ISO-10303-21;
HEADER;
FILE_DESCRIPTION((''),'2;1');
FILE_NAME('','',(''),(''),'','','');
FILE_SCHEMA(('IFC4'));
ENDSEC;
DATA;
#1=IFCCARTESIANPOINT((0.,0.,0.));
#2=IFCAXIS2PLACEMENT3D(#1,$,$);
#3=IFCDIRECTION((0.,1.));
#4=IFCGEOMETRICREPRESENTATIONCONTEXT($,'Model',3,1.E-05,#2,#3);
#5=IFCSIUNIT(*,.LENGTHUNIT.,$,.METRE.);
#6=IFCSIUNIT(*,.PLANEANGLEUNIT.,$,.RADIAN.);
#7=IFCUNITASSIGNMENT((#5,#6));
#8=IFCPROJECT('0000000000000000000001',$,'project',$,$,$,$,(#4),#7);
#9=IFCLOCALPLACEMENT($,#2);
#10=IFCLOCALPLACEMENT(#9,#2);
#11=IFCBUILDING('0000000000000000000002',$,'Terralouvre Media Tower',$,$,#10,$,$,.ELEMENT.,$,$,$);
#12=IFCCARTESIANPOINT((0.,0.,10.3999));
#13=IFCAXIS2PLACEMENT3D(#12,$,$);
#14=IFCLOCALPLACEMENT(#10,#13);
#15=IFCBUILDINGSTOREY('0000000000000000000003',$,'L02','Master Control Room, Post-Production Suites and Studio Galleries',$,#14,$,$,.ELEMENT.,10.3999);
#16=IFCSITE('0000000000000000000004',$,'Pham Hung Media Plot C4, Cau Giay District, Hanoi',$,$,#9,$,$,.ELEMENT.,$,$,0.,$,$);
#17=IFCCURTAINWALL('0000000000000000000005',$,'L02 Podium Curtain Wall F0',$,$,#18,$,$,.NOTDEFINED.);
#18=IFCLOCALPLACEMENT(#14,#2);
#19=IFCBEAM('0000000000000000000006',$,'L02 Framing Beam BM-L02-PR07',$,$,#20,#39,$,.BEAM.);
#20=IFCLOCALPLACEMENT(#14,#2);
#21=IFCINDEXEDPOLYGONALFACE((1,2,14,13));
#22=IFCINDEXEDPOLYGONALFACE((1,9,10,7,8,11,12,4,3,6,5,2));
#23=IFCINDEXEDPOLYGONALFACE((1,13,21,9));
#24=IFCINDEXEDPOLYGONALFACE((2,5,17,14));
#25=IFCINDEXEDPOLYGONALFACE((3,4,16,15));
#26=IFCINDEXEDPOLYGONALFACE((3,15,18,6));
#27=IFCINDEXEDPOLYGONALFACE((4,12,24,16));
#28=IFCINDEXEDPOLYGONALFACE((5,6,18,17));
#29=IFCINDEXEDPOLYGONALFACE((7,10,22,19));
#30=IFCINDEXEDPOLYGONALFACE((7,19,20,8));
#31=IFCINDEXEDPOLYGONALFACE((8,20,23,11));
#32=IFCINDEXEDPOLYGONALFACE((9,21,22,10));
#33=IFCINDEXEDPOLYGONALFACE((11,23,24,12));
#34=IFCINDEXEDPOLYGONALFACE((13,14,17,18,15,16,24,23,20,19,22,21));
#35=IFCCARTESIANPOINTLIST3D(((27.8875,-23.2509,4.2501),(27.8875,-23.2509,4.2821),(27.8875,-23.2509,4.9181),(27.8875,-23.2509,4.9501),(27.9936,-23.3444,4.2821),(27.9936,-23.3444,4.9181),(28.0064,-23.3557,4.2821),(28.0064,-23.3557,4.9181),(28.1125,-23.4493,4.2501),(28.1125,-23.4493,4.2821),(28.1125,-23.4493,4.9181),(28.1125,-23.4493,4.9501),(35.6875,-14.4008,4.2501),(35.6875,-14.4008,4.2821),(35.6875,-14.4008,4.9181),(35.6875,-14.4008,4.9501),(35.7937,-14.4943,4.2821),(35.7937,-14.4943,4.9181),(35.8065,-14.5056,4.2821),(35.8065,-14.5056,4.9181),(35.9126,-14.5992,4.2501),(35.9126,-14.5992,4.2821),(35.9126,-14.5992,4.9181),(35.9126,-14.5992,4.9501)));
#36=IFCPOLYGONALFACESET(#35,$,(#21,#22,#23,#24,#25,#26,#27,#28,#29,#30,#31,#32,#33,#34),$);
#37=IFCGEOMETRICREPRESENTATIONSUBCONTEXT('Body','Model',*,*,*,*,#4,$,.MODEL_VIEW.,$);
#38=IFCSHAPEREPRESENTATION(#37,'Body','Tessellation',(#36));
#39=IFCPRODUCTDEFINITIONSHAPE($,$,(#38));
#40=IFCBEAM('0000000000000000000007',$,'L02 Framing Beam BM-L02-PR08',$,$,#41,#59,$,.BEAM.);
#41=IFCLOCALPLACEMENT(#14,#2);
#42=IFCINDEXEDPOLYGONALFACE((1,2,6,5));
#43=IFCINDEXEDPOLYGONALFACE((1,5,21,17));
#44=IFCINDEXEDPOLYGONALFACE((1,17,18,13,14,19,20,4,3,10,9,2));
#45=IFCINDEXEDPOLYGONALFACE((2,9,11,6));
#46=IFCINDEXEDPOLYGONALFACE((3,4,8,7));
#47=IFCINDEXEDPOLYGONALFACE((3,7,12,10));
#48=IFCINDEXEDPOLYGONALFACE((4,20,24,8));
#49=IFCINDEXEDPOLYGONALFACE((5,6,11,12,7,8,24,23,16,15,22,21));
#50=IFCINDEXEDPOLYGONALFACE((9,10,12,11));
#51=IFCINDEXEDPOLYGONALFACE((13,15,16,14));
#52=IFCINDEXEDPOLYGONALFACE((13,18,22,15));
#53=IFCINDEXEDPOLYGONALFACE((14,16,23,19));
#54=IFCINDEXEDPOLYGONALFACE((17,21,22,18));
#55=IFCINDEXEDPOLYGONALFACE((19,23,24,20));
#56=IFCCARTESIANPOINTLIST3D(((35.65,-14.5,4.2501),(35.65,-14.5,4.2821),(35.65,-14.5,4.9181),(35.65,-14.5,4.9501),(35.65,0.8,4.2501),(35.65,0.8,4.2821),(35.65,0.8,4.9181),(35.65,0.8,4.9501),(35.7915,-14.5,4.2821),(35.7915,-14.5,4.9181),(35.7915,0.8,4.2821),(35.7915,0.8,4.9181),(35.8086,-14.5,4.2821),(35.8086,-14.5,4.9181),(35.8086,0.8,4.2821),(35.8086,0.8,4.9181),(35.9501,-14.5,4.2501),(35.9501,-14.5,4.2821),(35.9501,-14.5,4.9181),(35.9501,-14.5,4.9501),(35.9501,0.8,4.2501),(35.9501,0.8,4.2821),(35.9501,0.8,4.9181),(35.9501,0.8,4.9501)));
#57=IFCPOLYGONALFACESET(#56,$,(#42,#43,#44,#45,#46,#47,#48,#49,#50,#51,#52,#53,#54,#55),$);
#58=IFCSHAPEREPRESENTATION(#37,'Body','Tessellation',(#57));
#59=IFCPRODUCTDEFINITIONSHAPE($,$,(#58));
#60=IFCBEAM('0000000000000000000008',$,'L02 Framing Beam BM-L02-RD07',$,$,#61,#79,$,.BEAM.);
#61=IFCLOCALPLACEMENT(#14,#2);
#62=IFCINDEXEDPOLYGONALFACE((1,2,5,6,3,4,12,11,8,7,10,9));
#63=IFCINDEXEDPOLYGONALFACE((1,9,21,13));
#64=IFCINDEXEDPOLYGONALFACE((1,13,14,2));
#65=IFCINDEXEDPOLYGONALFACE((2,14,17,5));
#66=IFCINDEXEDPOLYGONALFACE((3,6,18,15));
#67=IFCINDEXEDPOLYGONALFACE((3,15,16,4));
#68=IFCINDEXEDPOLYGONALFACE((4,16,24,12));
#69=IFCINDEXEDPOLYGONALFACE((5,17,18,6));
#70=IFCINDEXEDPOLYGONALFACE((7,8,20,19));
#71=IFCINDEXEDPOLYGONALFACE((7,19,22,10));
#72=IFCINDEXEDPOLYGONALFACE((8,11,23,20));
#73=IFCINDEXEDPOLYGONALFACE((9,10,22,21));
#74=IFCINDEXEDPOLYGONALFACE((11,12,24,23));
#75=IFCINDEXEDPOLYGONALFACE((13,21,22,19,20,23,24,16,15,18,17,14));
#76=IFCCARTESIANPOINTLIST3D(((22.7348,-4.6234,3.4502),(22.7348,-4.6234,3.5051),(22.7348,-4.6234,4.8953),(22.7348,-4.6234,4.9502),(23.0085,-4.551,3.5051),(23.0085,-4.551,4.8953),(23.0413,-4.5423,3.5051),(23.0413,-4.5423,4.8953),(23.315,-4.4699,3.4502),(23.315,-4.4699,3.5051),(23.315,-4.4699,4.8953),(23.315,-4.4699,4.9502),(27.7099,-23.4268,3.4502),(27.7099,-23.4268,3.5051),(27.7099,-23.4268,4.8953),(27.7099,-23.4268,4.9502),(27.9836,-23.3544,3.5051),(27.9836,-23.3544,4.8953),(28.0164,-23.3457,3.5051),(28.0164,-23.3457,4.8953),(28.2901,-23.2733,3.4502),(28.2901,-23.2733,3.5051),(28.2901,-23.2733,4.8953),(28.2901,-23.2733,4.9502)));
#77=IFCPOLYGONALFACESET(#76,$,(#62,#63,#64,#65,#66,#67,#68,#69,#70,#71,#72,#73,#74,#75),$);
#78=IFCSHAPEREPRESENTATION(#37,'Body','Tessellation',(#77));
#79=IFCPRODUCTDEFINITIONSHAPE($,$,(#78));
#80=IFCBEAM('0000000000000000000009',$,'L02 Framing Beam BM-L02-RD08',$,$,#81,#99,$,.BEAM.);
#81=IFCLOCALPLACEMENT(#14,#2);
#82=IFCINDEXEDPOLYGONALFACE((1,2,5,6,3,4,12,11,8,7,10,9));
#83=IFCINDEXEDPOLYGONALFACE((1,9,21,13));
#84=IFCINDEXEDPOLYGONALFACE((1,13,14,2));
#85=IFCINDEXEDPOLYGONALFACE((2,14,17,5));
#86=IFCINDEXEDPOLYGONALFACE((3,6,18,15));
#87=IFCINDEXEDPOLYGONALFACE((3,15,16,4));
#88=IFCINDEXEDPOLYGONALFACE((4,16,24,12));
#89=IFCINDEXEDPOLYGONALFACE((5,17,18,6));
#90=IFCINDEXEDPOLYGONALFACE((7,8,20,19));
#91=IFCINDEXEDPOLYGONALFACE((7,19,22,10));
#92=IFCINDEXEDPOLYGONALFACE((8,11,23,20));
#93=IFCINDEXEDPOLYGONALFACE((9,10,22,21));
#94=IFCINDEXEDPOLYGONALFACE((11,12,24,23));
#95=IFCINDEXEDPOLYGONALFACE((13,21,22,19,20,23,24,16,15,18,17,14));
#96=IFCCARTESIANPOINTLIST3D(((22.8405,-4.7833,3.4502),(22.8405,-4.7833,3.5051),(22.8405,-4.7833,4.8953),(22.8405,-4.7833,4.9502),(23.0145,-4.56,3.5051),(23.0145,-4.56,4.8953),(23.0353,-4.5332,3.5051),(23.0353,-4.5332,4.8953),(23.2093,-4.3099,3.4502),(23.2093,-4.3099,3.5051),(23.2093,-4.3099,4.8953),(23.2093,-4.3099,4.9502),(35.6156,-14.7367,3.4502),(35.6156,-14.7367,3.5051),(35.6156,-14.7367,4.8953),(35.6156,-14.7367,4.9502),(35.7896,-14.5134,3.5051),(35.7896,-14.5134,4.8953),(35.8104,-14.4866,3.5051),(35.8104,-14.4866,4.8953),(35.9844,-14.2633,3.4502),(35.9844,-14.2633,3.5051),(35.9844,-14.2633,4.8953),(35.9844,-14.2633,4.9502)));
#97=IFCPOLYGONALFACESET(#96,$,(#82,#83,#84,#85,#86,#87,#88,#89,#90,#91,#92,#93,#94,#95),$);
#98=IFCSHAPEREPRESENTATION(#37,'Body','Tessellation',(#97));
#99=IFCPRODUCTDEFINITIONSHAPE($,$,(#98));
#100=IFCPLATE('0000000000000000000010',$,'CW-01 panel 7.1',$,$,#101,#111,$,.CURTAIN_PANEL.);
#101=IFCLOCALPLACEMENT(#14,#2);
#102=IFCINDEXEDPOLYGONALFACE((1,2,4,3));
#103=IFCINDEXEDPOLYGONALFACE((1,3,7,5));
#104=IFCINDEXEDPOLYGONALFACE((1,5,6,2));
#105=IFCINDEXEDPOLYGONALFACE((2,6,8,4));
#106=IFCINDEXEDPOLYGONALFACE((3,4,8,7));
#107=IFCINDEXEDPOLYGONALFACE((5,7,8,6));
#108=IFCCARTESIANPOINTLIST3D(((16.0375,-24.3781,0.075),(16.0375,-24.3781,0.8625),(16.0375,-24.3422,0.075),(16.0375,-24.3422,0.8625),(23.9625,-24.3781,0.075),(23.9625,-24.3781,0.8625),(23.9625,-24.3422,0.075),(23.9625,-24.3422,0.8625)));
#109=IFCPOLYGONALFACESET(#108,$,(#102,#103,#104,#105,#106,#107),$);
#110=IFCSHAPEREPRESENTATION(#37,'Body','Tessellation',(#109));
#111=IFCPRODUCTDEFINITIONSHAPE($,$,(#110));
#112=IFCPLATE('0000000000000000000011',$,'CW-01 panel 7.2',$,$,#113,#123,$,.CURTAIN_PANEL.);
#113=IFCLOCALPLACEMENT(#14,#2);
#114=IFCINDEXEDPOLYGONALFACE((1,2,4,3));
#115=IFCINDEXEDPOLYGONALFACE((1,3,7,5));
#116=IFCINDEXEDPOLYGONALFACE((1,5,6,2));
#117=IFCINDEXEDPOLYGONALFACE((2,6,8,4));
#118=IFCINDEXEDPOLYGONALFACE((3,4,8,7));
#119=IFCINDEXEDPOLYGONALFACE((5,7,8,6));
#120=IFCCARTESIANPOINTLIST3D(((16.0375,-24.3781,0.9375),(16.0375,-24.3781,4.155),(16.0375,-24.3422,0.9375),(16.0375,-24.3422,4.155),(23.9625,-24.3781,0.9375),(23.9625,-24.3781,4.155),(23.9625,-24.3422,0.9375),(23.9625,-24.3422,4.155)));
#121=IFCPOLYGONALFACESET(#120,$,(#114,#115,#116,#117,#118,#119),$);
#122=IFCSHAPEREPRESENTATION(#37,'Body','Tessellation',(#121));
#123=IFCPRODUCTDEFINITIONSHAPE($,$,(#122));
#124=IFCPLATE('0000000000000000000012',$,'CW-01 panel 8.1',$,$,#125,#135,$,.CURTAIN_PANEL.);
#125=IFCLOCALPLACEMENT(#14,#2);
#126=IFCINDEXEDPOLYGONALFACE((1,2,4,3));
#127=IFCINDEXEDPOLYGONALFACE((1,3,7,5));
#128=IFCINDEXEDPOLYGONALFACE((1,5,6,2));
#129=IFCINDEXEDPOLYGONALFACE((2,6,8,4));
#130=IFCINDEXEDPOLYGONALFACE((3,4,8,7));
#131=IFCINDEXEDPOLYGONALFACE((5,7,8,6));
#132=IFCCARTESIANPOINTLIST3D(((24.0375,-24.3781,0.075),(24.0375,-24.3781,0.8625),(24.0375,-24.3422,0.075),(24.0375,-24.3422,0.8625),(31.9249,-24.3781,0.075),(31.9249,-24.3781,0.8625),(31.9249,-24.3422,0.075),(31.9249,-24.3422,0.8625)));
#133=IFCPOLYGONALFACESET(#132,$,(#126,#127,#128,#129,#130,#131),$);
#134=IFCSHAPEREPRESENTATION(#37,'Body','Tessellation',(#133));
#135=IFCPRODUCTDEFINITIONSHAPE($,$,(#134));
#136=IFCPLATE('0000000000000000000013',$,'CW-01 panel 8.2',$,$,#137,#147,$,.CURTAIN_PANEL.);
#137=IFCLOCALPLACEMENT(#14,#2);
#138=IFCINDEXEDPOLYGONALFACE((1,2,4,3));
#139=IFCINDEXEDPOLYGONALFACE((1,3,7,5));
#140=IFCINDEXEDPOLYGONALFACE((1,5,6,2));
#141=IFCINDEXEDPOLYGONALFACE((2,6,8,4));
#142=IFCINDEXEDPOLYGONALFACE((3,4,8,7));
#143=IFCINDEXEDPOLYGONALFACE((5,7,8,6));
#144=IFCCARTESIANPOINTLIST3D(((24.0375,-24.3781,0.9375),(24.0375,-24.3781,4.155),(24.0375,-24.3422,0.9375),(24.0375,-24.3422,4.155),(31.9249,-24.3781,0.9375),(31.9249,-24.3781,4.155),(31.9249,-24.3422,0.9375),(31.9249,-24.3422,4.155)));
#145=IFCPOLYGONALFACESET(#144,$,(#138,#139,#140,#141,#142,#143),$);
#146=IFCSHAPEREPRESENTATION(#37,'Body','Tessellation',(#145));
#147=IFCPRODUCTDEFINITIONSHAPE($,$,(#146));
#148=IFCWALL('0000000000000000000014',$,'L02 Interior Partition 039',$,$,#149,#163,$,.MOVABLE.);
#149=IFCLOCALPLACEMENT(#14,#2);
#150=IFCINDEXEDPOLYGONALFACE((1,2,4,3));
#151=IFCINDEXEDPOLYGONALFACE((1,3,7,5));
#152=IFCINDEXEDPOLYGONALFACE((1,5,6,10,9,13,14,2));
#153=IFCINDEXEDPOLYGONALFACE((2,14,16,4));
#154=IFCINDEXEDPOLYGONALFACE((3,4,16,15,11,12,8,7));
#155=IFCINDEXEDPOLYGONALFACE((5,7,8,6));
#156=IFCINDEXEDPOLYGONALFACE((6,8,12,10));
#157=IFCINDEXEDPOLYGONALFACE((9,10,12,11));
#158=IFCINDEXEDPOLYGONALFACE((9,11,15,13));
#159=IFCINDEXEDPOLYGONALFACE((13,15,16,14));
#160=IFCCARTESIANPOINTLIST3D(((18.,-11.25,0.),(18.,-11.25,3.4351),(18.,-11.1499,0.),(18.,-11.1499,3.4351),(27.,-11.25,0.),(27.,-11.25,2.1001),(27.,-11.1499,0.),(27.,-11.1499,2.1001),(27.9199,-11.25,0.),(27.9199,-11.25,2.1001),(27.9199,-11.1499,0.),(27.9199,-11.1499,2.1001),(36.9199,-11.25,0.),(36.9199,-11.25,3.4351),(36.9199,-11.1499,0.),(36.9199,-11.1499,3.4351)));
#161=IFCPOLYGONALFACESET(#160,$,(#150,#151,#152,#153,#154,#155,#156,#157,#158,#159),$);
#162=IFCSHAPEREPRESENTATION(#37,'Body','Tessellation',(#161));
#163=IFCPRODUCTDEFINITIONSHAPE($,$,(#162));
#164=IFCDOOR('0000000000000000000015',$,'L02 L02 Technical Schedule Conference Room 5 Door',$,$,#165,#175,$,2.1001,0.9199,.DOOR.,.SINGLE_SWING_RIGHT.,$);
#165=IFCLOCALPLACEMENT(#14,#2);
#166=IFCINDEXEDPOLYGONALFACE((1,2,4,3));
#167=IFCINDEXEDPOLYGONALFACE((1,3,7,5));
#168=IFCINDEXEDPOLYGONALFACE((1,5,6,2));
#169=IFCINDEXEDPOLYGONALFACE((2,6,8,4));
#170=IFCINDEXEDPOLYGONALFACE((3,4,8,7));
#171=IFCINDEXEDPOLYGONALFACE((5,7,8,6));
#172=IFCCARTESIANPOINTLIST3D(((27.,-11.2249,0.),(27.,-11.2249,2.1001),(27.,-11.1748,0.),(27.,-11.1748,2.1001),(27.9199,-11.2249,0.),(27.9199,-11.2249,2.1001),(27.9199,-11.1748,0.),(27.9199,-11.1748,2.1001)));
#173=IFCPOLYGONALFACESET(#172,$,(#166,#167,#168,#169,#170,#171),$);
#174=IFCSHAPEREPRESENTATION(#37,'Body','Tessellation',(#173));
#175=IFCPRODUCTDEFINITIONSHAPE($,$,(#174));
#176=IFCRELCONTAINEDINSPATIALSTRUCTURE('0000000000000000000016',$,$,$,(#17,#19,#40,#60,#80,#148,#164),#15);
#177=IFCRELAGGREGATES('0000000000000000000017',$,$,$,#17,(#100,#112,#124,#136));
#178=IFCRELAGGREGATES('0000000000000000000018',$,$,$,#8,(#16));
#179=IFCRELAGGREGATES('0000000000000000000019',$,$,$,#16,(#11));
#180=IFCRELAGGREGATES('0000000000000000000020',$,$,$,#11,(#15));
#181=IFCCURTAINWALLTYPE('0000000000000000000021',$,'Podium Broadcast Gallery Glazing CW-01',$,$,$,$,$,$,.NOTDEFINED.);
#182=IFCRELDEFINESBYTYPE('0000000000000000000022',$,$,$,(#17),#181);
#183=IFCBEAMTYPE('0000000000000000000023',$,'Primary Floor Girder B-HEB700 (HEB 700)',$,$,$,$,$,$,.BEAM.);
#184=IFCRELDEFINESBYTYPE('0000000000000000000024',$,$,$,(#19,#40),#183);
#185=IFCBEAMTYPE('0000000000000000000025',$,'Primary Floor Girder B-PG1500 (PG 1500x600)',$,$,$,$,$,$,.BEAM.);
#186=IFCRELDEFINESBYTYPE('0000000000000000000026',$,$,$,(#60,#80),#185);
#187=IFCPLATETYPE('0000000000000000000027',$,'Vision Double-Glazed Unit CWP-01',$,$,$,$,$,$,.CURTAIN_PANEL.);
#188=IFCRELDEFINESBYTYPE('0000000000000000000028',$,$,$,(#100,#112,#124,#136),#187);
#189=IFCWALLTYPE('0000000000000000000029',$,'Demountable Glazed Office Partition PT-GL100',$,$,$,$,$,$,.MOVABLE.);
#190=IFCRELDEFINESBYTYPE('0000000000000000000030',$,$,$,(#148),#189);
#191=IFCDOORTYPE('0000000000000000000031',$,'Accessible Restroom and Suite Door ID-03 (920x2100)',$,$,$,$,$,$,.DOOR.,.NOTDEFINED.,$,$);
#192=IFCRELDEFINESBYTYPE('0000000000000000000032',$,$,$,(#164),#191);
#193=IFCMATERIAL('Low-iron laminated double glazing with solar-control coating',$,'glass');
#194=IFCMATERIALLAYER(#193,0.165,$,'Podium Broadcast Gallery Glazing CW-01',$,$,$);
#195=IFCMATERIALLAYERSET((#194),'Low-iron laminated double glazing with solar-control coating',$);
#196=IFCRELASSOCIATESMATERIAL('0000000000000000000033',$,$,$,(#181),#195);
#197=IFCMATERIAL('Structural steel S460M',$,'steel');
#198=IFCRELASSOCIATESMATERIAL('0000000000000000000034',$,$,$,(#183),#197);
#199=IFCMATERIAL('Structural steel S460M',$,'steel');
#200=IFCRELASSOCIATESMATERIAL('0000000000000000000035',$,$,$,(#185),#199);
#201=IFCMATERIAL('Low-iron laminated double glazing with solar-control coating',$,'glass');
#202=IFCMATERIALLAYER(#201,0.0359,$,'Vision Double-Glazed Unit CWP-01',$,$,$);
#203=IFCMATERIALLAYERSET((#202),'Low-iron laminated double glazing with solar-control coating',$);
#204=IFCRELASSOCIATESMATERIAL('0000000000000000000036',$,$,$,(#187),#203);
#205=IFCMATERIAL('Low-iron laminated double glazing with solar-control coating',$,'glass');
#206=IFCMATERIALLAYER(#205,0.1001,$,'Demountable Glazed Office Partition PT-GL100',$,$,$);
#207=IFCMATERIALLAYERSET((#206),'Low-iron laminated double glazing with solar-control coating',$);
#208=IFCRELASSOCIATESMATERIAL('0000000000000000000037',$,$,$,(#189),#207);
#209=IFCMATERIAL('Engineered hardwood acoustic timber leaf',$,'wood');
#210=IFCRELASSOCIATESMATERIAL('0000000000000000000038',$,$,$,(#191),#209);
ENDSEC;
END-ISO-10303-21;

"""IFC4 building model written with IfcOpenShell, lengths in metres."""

from ifc_helpers import new_model, si_unit, direction, frame, frame_2d, origin, origin_2d, place, context, subcontext, project, spatial, rectangle, i_section, extrude, material, layer, layer_set, material_profile, profile_set, type_object, element, fill, aggregate, save


model = new_model("IFC4")

# Units and contexts
model_context = context("Model", 3, precision=1e-05, world=origin(), true_north=direction((0.0, 1.0)))
body_context = subcontext(model_context, "Body", "Model", "MODEL_VIEW")
ifc_project = project(units=[si_unit("LENGTHUNIT", "METRE"), si_unit("PLANEANGLEUNIT", "RADIAN")], contexts=[model_context])

# Site, building, storey
site_placement = place(None, origin())
site = spatial("IfcSite", under=ifc_project, at=site_placement, Name="Pham Hung Media Plot C4, Cau Giay District, Hanoi", CompositionType="ELEMENT", RefElevation=0.0)
building_placement = place(site_placement, origin())
building = spatial("IfcBuilding", under=site, at=building_placement, Name="Terralouvre Media Tower", CompositionType="ELEMENT")
storey_placement = place(building_placement, frame((0.0, 0.0, 10.3999)))
storey = spatial("IfcBuildingStorey", under=building, at=storey_placement, Name="L02", Description="Master Control Room, Post-Production Suites and Studio Galleries", CompositionType="ELEMENT", Elevation=10.3999)

# Curtain wall
ifc_material_1 = material(Name="Low-iron laminated double glazing with solar-control coating", Category="glass")
ifc_layer_1 = layer(ifc_material_1, 0.165, Name="Podium Broadcast Gallery Glazing CW-01")
ifc_layer_set_1 = layer_set([ifc_layer_1], Name="Low-iron laminated double glazing with solar-control coating")
curtain_wall_type = type_object("IfcCurtainWallType", Name="Podium Broadcast Gallery Glazing CW-01", PredefinedType="NOTDEFINED", material=ifc_layer_set_1)
curtain_wall_placement = place(storey_placement, origin())
curtain_wall = element("IfcCurtainWall", 1, at=curtain_wall_placement, inside=storey, type_object=curtain_wall_type, Name="L02 Podium Curtain Wall F0", PredefinedType="NOTDEFINED")

# Beams
ifc_material_2 = material(Name="Structural steel S460M", Category="steel")
ifc_material_profile_1 = material_profile(ifc_material_2, i_section(OverallWidth=0.3, OverallDepth=0.7, WebThickness=0.0171, FlangeThickness=0.032, at=origin_2d()), Name="HEB 700")
ifc_profile_set_1 = profile_set([ifc_material_profile_1], Name="Structural steel S460M")
beam_type_1 = type_object("IfcBeamType", Name="Primary Floor Girder B-HEB700 (HEB 700)", PredefinedType="BEAM", material=ifc_profile_set_1)
beam_1_placement = place(storey_placement, frame((28.0, -23.3501, 4.6001), z_axis=(0.661199, 0.75021, 0.0), x_axis=(-0.75021, 0.661199, 0.0)))
element("IfcBeam", 2, at=beam_1_placement, inside=storey, type_object=beam_type_1, Name="L02 Framing Beam BM-L02-PR07", PredefinedType="BEAM", context=body_context, shape_type="SweptSolid", body=[
    extrude(i_section(OverallWidth=0.3, OverallDepth=0.7, WebThickness=0.0171, FlangeThickness=0.032, at=origin_2d()), origin(), (0.0, 0.0, 1.0), 11.7969),
])
beam_2_placement = place(storey_placement, frame((35.8, -14.5, 4.6001), z_axis=(0.0, 1.0, 0.0), x_axis=(-1.0, 0.0, 0.0)))
element("IfcBeam", 3, at=beam_2_placement, inside=storey, type_object=beam_type_1, Name="L02 Framing Beam BM-L02-PR08", PredefinedType="BEAM", context=body_context, shape_type="SweptSolid", body=[
    extrude(i_section(OverallWidth=0.3, OverallDepth=0.7, WebThickness=0.0171, FlangeThickness=0.032, at=origin_2d()), origin(), (0.0, 0.0, 1.0), 15.3),
])
ifc_material_3 = material(Name="Structural steel S460M", Category="steel")
ifc_material_profile_2 = material_profile(ifc_material_3, i_section(OverallWidth=0.6001, OverallDepth=1.5, WebThickness=0.0339, FlangeThickness=0.0549, at=origin_2d()), Name="PG 1500x600")
ifc_profile_set_2 = profile_set([ifc_material_profile_2], Name="Structural steel S460M")
beam_type_2 = type_object("IfcBeamType", Name="Primary Floor Girder B-PG1500 (PG 1500x600)", PredefinedType="BEAM", material=ifc_profile_set_2)
beam_3_placement = place(storey_placement, frame((23.0249, -4.5466, 4.2002), z_axis=(0.255783, -0.966734, 0.0), x_axis=(0.966734, 0.255783, 0.0)))
element("IfcBeam", 4, at=beam_3_placement, inside=storey, type_object=beam_type_2, Name="L02 Framing Beam BM-L02-RD07", PredefinedType="BEAM", context=body_context, shape_type="SweptSolid", body=[
    extrude(i_section(OverallWidth=0.6001, OverallDepth=1.5, WebThickness=0.0339, FlangeThickness=0.0549, at=origin_2d()), origin(), (0.0, 0.0, 1.0), 19.4504),
])
beam_4_placement = place(storey_placement, frame((23.0249, -4.5466, 4.2002), z_axis=(0.788839, -0.6146, 0.0), x_axis=(0.6146, 0.788839, 0.0)))
element("IfcBeam", 5, at=beam_4_placement, inside=storey, type_object=beam_type_2, Name="L02 Framing Beam BM-L02-RD08", PredefinedType="BEAM", context=body_context, shape_type="SweptSolid", body=[
    extrude(i_section(OverallWidth=0.6001, OverallDepth=1.5, WebThickness=0.0339, FlangeThickness=0.0549, at=origin_2d()), origin(), (0.0, 0.0, 1.0), 16.1948),
])

# Plates
ifc_material_4 = material(Name="Low-iron laminated double glazing with solar-control coating", Category="glass")
ifc_layer_2 = layer(ifc_material_4, 0.0359, Name="Vision Double-Glazed Unit CWP-01")
ifc_layer_set_2 = layer_set([ifc_layer_2], Name="Low-iron laminated double glazing with solar-control coating")
plate_type = type_object("IfcPlateType", Name="Vision Double-Glazed Unit CWP-01", PredefinedType="CURTAIN_PANEL", material=ifc_layer_set_2)
plate_1_placement = place(storey_placement, frame((20.0, -24.3601, 0.075), z_axis=(0.0, 0.0, 1.0), x_axis=(1.0, 0.0, 0.0)))
plate_1 = element("IfcPlate", 6, at=plate_1_placement, type_object=plate_type, Name="CW-01 panel 7.1", PredefinedType="CURTAIN_PANEL", context=body_context, shape_type="SweptSolid", body=[
    extrude(rectangle(XDim=7.925, YDim=0.0359, at=origin_2d()), origin(), (0.0, 0.0, 1.0), 0.7876),
])
plate_2_placement = place(storey_placement, frame((20.0, -24.3601, 0.9375), z_axis=(0.0, 0.0, 1.0), x_axis=(1.0, 0.0, 0.0)))
plate_2 = element("IfcPlate", 7, at=plate_2_placement, type_object=plate_type, Name="CW-01 panel 7.2", PredefinedType="CURTAIN_PANEL", context=body_context, shape_type="SweptSolid", body=[
    extrude(rectangle(XDim=7.925, YDim=0.0359, at=origin_2d()), origin(), (0.0, 0.0, 1.0), 3.2175),
])
plate_3_placement = place(storey_placement, frame((27.9812, -24.3601, 0.075), z_axis=(0.0, 0.0, 1.0), x_axis=(1.0, 0.0, 0.0)))
plate_3 = element("IfcPlate", 8, at=plate_3_placement, type_object=plate_type, Name="CW-01 panel 8.1", PredefinedType="CURTAIN_PANEL", context=body_context, shape_type="SweptSolid", body=[
    extrude(rectangle(XDim=7.8875, YDim=0.0359, at=origin_2d()), origin(), (0.0, 0.0, 1.0), 0.7876),
])
plate_4_placement = place(storey_placement, frame((27.9812, -24.3601, 0.9375), z_axis=(0.0, 0.0, 1.0), x_axis=(1.0, 0.0, 0.0)))
plate_4 = element("IfcPlate", 9, at=plate_4_placement, type_object=plate_type, Name="CW-01 panel 8.2", PredefinedType="CURTAIN_PANEL", context=body_context, shape_type="SweptSolid", body=[
    extrude(rectangle(XDim=7.8875, YDim=0.0359, at=origin_2d()), origin(), (0.0, 0.0, 1.0), 3.2175),
])
aggregate(curtain_wall, [plate_1, plate_2, plate_3, plate_4])

# Wall, opening, door
ifc_material_5 = material(Name="Low-iron laminated double glazing with solar-control coating", Category="glass")
ifc_layer_3 = layer(ifc_material_5, 0.1001, Name="Demountable Glazed Office Partition PT-GL100")
ifc_layer_set_3 = layer_set([ifc_layer_3], Name="Low-iron laminated double glazing with solar-control coating")
wall_type_1 = type_object("IfcWallType", Name="Demountable Glazed Office Partition PT-GL100", PredefinedType="MOVABLE", material=ifc_layer_set_3)
wall_1_placement = place(storey_placement, frame((36.9199, -11.2, 0.0), z_axis=(0.0, 0.0, 1.0), x_axis=(-1.0, 0.0, 0.0)))
wall_1 = element("IfcWall", 10, at=wall_1_placement, inside=storey, type_object=wall_type_1, Name="L02 Interior Partition 039", PredefinedType="MOVABLE", context=body_context, shape_type="SweptSolid", body=[
    extrude(rectangle(XDim=18.9199, YDim=0.1001, at=frame_2d((9.46, 0.0))), origin(), (0.0, 0.0, 1.0), 3.4351),
])
opening_1_placement = place(wall_1_placement, frame((9.0, 0.0, 0.0)))
opening_1 = element("IfcOpeningElement", 11, at=opening_1_placement, cuts=wall_1, PredefinedType="OPENING", context=body_context, shape_type="SweptSolid", body=[
    extrude(rectangle(XDim=0.9199, YDim=2.1001, at=frame_2d((0.46, 1.05))), frame((0.0, 0.0601, 0.0), z_axis=(0.0, -1.0, 0.0), x_axis=(1.0, 0.0, 0.0)), (0.0, 0.0, 1.0), 0.1201),
])
ifc_material_6 = material(Name="Engineered hardwood acoustic timber leaf", Category="wood")
door_type = type_object("IfcDoorType", Name="Accessible Restroom and Suite Door ID-03 (920x2100)", OperationType="NOTDEFINED", PredefinedType="DOOR", material=ifc_material_6)
door_placement = place(opening_1_placement, origin())
door = element("IfcDoor", 12, at=door_placement, inside=storey, type_object=door_type, Name="L02 L02 Technical Schedule Conference Room 5 Door", OperationType="SINGLE_SWING_RIGHT", OverallHeight=2.1001, OverallWidth=0.9199, PredefinedType="DOOR", context=body_context, shape_type="SweptSolid", body=[
    extrude(rectangle(XDim=0.9199, YDim=2.1001, at=frame_2d((0.46, 1.05))), frame((0.0, 0.0249, 0.0), z_axis=(0.0, -1.0, 0.0), x_axis=(1.0, 0.0, 0.0)), (0.0, 0.0, 1.0), 0.05),
])
fill(opening_1, door)

save(model, "model.ifc")
